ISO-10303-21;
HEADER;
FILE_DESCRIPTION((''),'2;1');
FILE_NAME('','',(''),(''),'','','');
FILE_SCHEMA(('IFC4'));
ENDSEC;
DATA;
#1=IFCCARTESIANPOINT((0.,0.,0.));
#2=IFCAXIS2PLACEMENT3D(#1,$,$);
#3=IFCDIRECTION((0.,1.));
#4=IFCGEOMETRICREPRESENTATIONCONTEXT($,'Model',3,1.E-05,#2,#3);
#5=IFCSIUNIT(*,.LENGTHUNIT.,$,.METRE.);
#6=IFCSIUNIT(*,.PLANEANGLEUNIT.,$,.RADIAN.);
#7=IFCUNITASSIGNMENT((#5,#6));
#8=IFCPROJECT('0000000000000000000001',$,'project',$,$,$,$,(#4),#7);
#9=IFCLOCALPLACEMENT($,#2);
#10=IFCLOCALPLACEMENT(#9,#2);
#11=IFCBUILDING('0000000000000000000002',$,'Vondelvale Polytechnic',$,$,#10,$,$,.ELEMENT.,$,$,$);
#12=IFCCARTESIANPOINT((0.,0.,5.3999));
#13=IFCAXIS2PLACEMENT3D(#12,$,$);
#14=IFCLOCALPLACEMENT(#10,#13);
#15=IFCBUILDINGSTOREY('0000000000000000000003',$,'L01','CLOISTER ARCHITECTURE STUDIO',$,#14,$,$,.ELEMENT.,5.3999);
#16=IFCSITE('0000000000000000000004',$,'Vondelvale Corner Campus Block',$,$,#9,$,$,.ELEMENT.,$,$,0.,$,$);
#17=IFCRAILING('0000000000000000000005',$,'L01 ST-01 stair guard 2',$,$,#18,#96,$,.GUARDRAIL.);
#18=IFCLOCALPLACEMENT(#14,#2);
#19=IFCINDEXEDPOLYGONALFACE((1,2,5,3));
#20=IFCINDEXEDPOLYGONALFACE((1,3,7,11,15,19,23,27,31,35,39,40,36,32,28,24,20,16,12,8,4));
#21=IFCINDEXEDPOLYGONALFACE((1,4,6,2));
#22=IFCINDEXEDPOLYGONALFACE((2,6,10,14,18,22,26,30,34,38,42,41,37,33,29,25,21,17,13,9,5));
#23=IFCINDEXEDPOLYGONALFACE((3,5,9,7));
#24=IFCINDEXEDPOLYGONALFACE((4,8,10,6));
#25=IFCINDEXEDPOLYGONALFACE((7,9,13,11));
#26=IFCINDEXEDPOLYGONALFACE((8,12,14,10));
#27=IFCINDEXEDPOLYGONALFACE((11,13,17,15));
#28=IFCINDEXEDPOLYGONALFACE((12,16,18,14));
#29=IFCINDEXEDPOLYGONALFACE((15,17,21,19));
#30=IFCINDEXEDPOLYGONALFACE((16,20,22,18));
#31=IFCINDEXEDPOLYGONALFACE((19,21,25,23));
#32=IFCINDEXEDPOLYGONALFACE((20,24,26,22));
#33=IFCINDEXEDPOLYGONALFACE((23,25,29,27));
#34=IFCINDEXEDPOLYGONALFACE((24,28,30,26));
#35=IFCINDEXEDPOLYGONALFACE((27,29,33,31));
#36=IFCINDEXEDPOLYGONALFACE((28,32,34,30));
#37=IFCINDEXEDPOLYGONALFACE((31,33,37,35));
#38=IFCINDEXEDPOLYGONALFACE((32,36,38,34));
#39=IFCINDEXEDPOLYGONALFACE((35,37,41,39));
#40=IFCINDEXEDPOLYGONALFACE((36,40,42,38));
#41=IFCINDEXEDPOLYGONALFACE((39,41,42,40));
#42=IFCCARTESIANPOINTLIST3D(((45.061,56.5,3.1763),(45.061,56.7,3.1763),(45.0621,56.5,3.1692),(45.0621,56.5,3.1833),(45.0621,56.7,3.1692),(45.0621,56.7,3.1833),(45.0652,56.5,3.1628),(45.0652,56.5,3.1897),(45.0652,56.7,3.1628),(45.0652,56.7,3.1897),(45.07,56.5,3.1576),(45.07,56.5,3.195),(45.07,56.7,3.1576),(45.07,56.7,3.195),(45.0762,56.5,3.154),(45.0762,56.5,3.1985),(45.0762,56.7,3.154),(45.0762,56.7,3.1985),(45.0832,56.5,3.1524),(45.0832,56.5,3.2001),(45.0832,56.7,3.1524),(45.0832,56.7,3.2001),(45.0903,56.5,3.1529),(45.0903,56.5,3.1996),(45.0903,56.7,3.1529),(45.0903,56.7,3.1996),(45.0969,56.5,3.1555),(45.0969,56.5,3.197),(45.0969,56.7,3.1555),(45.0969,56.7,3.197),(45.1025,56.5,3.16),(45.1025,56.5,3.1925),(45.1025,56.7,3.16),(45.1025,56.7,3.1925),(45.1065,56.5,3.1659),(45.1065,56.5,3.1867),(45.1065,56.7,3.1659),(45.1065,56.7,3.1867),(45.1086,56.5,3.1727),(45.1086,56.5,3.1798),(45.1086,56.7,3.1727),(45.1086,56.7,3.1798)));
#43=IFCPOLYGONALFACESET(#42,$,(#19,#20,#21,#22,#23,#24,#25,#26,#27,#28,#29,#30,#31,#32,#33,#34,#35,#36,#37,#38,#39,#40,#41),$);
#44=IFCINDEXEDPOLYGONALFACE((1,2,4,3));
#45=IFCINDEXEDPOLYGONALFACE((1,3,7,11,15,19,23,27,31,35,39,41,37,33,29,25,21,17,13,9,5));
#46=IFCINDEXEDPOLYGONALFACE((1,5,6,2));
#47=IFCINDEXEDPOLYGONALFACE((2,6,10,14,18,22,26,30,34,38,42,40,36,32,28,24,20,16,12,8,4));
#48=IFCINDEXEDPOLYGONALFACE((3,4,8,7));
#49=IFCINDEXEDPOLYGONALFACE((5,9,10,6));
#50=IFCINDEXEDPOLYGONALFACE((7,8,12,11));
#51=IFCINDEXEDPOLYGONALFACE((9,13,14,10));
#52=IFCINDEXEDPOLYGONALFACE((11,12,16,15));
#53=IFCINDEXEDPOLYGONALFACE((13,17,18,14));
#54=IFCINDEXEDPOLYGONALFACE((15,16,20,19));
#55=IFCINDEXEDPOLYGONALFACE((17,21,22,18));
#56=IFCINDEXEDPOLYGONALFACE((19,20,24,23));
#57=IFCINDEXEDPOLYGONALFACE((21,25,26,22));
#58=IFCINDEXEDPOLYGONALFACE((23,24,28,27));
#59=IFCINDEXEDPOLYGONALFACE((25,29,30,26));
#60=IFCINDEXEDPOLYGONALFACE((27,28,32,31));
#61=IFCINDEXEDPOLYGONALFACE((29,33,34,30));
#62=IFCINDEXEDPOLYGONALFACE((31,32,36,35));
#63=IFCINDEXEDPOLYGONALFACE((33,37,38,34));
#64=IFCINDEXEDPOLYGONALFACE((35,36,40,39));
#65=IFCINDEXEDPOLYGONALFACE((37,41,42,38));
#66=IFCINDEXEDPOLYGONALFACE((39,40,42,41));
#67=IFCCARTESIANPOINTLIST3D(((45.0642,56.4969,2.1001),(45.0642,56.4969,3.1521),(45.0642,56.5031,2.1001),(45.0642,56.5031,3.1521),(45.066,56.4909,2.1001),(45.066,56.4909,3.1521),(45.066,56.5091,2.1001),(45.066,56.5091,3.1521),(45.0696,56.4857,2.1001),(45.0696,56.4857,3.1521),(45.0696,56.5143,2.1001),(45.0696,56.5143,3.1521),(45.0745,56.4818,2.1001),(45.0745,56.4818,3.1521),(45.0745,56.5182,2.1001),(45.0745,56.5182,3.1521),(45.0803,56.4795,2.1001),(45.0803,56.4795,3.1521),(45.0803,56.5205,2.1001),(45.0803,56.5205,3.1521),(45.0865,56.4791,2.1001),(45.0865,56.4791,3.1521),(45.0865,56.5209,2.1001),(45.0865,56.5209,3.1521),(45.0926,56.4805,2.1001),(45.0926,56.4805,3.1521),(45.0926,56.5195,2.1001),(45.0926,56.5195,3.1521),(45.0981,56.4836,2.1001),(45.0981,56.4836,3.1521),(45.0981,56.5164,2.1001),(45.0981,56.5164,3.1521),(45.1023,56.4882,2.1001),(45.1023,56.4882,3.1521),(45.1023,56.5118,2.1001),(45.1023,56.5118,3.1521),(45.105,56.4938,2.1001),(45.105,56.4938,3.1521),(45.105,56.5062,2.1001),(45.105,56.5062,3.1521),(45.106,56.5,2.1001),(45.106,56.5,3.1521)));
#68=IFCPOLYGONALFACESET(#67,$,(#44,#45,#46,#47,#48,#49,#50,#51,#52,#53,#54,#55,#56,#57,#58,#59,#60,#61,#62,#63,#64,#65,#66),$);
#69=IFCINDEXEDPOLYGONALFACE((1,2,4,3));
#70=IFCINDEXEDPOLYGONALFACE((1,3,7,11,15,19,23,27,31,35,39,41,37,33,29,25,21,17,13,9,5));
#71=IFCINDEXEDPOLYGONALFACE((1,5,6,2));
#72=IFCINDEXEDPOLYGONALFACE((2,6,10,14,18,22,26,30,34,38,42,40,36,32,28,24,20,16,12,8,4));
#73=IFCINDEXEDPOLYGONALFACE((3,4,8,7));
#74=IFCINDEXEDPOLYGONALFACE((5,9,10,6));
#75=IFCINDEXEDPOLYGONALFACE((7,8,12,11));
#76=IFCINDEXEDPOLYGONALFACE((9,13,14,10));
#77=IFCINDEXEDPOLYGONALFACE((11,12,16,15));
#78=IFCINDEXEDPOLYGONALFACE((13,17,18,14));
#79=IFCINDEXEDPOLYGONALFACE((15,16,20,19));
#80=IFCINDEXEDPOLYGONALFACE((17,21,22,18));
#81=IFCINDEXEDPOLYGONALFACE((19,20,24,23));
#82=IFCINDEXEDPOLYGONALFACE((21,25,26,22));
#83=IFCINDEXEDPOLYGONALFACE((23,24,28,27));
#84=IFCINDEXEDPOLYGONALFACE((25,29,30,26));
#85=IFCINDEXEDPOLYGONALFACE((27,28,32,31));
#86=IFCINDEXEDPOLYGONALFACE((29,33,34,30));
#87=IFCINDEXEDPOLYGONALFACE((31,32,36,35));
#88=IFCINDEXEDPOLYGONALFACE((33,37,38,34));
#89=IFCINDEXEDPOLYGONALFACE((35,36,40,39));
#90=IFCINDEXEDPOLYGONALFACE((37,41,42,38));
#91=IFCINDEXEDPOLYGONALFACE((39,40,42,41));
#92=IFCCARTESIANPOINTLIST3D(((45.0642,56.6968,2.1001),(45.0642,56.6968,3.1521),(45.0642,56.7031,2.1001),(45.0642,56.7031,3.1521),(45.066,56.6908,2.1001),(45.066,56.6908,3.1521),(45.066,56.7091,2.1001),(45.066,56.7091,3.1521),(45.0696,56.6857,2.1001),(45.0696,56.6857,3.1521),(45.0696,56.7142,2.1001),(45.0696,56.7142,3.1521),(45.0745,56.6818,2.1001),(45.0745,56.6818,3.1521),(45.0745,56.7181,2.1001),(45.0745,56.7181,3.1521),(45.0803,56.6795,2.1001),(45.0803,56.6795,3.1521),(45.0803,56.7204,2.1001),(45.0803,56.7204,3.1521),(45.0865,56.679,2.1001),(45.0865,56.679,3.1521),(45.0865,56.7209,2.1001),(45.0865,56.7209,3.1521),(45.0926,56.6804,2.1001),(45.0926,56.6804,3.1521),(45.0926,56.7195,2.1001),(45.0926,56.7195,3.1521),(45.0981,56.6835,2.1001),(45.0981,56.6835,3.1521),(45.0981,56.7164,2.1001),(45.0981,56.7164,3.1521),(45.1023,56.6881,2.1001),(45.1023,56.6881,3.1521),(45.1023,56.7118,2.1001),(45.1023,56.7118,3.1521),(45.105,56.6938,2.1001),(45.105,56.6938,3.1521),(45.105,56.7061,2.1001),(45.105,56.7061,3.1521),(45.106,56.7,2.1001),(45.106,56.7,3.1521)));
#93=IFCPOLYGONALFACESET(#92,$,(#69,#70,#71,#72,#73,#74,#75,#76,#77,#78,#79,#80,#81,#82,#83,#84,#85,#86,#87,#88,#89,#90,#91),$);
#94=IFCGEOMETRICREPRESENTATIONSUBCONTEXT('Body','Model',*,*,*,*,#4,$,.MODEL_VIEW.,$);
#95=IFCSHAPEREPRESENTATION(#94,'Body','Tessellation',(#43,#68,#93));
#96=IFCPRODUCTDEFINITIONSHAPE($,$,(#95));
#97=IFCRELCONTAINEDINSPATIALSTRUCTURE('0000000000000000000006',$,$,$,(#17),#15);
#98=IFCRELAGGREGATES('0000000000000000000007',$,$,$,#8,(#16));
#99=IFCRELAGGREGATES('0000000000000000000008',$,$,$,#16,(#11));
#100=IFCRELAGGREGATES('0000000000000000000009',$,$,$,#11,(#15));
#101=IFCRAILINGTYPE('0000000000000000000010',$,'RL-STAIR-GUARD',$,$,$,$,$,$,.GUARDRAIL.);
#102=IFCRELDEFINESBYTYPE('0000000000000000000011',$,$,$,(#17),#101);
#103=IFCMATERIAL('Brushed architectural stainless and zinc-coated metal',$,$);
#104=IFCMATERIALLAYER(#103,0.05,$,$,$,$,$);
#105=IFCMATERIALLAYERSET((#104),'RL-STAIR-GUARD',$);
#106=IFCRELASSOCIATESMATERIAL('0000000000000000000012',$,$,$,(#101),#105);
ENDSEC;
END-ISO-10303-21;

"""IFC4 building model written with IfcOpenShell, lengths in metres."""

from ifc_helpers import new_model, si_unit, direction, frame, origin, origin_2d, place, context, subcontext, project, spatial, circle, extrude, material, layer, layer_set, type_object, element, save


model = new_model("IFC4")

# Units and contexts
model_context = context("Model", 3, precision=1e-05, world=origin(), true_north=direction((0.0, 1.0)))
body_context = subcontext(model_context, "Body", "Model", "MODEL_VIEW")
ifc_project = project(units=[si_unit("LENGTHUNIT", "METRE"), si_unit("PLANEANGLEUNIT", "RADIAN")], contexts=[model_context])

# Site, building, storey
site_placement = place(None, origin())
site = spatial("IfcSite", under=ifc_project, at=site_placement, Name="Vondelvale Corner Campus Block", CompositionType="ELEMENT", RefElevation=0.0)
building_placement = place(site_placement, origin())
building = spatial("IfcBuilding", under=site, at=building_placement, Name="Vondelvale Polytechnic", CompositionType="ELEMENT")
storey_placement = place(building_placement, frame((0.0, 0.0, 5.3999)))
storey = spatial("IfcBuildingStorey", under=building, at=storey_placement, Name="L01", Description="CLOISTER ARCHITECTURE STUDIO", CompositionType="ELEMENT", Elevation=5.3999)

# Shared definitions
ifc_material_1 = material(Name="Brushed architectural stainless and zinc-coated metal")

# Railing
ifc_layer_1 = layer(ifc_material_1, 0.05)
ifc_layer_set_1 = layer_set([ifc_layer_1], Name="RL-STAIR-GUARD")
railing_type_1 = type_object("IfcRailingType", Name="RL-STAIR-GUARD", PredefinedType="GUARDRAIL", material=ifc_layer_set_1)
railing_1_placement = place(storey_placement, frame((45.085, 56.5, 2.1001)))
element("IfcRailing", 1, at=railing_1_placement, inside=storey, type_object=railing_type_1, Name="L01 ST-01 stair guard 2", PredefinedType="GUARDRAIL", context=body_context, shape_type="SweptSolid", body=[
    extrude(circle(Radius=0.0239, at=origin_2d()), frame((0.0, 0.0, 1.0762), z_axis=(0.0, 1.0, 0.0), x_axis=(-1.0, 0.0, 0.0)), (0.0, 0.0, 1.0), 0.2),
    extrude(circle(Radius=0.021, at=origin_2d()), origin(), (0.0, 0.0, 1.0), 1.052),
    extrude(circle(Radius=0.021, at=origin_2d()), frame((0.0, 0.2, 0.0)), (0.0, 0.0, 1.0), 1.052),
])

save(model, "model.ifc")
